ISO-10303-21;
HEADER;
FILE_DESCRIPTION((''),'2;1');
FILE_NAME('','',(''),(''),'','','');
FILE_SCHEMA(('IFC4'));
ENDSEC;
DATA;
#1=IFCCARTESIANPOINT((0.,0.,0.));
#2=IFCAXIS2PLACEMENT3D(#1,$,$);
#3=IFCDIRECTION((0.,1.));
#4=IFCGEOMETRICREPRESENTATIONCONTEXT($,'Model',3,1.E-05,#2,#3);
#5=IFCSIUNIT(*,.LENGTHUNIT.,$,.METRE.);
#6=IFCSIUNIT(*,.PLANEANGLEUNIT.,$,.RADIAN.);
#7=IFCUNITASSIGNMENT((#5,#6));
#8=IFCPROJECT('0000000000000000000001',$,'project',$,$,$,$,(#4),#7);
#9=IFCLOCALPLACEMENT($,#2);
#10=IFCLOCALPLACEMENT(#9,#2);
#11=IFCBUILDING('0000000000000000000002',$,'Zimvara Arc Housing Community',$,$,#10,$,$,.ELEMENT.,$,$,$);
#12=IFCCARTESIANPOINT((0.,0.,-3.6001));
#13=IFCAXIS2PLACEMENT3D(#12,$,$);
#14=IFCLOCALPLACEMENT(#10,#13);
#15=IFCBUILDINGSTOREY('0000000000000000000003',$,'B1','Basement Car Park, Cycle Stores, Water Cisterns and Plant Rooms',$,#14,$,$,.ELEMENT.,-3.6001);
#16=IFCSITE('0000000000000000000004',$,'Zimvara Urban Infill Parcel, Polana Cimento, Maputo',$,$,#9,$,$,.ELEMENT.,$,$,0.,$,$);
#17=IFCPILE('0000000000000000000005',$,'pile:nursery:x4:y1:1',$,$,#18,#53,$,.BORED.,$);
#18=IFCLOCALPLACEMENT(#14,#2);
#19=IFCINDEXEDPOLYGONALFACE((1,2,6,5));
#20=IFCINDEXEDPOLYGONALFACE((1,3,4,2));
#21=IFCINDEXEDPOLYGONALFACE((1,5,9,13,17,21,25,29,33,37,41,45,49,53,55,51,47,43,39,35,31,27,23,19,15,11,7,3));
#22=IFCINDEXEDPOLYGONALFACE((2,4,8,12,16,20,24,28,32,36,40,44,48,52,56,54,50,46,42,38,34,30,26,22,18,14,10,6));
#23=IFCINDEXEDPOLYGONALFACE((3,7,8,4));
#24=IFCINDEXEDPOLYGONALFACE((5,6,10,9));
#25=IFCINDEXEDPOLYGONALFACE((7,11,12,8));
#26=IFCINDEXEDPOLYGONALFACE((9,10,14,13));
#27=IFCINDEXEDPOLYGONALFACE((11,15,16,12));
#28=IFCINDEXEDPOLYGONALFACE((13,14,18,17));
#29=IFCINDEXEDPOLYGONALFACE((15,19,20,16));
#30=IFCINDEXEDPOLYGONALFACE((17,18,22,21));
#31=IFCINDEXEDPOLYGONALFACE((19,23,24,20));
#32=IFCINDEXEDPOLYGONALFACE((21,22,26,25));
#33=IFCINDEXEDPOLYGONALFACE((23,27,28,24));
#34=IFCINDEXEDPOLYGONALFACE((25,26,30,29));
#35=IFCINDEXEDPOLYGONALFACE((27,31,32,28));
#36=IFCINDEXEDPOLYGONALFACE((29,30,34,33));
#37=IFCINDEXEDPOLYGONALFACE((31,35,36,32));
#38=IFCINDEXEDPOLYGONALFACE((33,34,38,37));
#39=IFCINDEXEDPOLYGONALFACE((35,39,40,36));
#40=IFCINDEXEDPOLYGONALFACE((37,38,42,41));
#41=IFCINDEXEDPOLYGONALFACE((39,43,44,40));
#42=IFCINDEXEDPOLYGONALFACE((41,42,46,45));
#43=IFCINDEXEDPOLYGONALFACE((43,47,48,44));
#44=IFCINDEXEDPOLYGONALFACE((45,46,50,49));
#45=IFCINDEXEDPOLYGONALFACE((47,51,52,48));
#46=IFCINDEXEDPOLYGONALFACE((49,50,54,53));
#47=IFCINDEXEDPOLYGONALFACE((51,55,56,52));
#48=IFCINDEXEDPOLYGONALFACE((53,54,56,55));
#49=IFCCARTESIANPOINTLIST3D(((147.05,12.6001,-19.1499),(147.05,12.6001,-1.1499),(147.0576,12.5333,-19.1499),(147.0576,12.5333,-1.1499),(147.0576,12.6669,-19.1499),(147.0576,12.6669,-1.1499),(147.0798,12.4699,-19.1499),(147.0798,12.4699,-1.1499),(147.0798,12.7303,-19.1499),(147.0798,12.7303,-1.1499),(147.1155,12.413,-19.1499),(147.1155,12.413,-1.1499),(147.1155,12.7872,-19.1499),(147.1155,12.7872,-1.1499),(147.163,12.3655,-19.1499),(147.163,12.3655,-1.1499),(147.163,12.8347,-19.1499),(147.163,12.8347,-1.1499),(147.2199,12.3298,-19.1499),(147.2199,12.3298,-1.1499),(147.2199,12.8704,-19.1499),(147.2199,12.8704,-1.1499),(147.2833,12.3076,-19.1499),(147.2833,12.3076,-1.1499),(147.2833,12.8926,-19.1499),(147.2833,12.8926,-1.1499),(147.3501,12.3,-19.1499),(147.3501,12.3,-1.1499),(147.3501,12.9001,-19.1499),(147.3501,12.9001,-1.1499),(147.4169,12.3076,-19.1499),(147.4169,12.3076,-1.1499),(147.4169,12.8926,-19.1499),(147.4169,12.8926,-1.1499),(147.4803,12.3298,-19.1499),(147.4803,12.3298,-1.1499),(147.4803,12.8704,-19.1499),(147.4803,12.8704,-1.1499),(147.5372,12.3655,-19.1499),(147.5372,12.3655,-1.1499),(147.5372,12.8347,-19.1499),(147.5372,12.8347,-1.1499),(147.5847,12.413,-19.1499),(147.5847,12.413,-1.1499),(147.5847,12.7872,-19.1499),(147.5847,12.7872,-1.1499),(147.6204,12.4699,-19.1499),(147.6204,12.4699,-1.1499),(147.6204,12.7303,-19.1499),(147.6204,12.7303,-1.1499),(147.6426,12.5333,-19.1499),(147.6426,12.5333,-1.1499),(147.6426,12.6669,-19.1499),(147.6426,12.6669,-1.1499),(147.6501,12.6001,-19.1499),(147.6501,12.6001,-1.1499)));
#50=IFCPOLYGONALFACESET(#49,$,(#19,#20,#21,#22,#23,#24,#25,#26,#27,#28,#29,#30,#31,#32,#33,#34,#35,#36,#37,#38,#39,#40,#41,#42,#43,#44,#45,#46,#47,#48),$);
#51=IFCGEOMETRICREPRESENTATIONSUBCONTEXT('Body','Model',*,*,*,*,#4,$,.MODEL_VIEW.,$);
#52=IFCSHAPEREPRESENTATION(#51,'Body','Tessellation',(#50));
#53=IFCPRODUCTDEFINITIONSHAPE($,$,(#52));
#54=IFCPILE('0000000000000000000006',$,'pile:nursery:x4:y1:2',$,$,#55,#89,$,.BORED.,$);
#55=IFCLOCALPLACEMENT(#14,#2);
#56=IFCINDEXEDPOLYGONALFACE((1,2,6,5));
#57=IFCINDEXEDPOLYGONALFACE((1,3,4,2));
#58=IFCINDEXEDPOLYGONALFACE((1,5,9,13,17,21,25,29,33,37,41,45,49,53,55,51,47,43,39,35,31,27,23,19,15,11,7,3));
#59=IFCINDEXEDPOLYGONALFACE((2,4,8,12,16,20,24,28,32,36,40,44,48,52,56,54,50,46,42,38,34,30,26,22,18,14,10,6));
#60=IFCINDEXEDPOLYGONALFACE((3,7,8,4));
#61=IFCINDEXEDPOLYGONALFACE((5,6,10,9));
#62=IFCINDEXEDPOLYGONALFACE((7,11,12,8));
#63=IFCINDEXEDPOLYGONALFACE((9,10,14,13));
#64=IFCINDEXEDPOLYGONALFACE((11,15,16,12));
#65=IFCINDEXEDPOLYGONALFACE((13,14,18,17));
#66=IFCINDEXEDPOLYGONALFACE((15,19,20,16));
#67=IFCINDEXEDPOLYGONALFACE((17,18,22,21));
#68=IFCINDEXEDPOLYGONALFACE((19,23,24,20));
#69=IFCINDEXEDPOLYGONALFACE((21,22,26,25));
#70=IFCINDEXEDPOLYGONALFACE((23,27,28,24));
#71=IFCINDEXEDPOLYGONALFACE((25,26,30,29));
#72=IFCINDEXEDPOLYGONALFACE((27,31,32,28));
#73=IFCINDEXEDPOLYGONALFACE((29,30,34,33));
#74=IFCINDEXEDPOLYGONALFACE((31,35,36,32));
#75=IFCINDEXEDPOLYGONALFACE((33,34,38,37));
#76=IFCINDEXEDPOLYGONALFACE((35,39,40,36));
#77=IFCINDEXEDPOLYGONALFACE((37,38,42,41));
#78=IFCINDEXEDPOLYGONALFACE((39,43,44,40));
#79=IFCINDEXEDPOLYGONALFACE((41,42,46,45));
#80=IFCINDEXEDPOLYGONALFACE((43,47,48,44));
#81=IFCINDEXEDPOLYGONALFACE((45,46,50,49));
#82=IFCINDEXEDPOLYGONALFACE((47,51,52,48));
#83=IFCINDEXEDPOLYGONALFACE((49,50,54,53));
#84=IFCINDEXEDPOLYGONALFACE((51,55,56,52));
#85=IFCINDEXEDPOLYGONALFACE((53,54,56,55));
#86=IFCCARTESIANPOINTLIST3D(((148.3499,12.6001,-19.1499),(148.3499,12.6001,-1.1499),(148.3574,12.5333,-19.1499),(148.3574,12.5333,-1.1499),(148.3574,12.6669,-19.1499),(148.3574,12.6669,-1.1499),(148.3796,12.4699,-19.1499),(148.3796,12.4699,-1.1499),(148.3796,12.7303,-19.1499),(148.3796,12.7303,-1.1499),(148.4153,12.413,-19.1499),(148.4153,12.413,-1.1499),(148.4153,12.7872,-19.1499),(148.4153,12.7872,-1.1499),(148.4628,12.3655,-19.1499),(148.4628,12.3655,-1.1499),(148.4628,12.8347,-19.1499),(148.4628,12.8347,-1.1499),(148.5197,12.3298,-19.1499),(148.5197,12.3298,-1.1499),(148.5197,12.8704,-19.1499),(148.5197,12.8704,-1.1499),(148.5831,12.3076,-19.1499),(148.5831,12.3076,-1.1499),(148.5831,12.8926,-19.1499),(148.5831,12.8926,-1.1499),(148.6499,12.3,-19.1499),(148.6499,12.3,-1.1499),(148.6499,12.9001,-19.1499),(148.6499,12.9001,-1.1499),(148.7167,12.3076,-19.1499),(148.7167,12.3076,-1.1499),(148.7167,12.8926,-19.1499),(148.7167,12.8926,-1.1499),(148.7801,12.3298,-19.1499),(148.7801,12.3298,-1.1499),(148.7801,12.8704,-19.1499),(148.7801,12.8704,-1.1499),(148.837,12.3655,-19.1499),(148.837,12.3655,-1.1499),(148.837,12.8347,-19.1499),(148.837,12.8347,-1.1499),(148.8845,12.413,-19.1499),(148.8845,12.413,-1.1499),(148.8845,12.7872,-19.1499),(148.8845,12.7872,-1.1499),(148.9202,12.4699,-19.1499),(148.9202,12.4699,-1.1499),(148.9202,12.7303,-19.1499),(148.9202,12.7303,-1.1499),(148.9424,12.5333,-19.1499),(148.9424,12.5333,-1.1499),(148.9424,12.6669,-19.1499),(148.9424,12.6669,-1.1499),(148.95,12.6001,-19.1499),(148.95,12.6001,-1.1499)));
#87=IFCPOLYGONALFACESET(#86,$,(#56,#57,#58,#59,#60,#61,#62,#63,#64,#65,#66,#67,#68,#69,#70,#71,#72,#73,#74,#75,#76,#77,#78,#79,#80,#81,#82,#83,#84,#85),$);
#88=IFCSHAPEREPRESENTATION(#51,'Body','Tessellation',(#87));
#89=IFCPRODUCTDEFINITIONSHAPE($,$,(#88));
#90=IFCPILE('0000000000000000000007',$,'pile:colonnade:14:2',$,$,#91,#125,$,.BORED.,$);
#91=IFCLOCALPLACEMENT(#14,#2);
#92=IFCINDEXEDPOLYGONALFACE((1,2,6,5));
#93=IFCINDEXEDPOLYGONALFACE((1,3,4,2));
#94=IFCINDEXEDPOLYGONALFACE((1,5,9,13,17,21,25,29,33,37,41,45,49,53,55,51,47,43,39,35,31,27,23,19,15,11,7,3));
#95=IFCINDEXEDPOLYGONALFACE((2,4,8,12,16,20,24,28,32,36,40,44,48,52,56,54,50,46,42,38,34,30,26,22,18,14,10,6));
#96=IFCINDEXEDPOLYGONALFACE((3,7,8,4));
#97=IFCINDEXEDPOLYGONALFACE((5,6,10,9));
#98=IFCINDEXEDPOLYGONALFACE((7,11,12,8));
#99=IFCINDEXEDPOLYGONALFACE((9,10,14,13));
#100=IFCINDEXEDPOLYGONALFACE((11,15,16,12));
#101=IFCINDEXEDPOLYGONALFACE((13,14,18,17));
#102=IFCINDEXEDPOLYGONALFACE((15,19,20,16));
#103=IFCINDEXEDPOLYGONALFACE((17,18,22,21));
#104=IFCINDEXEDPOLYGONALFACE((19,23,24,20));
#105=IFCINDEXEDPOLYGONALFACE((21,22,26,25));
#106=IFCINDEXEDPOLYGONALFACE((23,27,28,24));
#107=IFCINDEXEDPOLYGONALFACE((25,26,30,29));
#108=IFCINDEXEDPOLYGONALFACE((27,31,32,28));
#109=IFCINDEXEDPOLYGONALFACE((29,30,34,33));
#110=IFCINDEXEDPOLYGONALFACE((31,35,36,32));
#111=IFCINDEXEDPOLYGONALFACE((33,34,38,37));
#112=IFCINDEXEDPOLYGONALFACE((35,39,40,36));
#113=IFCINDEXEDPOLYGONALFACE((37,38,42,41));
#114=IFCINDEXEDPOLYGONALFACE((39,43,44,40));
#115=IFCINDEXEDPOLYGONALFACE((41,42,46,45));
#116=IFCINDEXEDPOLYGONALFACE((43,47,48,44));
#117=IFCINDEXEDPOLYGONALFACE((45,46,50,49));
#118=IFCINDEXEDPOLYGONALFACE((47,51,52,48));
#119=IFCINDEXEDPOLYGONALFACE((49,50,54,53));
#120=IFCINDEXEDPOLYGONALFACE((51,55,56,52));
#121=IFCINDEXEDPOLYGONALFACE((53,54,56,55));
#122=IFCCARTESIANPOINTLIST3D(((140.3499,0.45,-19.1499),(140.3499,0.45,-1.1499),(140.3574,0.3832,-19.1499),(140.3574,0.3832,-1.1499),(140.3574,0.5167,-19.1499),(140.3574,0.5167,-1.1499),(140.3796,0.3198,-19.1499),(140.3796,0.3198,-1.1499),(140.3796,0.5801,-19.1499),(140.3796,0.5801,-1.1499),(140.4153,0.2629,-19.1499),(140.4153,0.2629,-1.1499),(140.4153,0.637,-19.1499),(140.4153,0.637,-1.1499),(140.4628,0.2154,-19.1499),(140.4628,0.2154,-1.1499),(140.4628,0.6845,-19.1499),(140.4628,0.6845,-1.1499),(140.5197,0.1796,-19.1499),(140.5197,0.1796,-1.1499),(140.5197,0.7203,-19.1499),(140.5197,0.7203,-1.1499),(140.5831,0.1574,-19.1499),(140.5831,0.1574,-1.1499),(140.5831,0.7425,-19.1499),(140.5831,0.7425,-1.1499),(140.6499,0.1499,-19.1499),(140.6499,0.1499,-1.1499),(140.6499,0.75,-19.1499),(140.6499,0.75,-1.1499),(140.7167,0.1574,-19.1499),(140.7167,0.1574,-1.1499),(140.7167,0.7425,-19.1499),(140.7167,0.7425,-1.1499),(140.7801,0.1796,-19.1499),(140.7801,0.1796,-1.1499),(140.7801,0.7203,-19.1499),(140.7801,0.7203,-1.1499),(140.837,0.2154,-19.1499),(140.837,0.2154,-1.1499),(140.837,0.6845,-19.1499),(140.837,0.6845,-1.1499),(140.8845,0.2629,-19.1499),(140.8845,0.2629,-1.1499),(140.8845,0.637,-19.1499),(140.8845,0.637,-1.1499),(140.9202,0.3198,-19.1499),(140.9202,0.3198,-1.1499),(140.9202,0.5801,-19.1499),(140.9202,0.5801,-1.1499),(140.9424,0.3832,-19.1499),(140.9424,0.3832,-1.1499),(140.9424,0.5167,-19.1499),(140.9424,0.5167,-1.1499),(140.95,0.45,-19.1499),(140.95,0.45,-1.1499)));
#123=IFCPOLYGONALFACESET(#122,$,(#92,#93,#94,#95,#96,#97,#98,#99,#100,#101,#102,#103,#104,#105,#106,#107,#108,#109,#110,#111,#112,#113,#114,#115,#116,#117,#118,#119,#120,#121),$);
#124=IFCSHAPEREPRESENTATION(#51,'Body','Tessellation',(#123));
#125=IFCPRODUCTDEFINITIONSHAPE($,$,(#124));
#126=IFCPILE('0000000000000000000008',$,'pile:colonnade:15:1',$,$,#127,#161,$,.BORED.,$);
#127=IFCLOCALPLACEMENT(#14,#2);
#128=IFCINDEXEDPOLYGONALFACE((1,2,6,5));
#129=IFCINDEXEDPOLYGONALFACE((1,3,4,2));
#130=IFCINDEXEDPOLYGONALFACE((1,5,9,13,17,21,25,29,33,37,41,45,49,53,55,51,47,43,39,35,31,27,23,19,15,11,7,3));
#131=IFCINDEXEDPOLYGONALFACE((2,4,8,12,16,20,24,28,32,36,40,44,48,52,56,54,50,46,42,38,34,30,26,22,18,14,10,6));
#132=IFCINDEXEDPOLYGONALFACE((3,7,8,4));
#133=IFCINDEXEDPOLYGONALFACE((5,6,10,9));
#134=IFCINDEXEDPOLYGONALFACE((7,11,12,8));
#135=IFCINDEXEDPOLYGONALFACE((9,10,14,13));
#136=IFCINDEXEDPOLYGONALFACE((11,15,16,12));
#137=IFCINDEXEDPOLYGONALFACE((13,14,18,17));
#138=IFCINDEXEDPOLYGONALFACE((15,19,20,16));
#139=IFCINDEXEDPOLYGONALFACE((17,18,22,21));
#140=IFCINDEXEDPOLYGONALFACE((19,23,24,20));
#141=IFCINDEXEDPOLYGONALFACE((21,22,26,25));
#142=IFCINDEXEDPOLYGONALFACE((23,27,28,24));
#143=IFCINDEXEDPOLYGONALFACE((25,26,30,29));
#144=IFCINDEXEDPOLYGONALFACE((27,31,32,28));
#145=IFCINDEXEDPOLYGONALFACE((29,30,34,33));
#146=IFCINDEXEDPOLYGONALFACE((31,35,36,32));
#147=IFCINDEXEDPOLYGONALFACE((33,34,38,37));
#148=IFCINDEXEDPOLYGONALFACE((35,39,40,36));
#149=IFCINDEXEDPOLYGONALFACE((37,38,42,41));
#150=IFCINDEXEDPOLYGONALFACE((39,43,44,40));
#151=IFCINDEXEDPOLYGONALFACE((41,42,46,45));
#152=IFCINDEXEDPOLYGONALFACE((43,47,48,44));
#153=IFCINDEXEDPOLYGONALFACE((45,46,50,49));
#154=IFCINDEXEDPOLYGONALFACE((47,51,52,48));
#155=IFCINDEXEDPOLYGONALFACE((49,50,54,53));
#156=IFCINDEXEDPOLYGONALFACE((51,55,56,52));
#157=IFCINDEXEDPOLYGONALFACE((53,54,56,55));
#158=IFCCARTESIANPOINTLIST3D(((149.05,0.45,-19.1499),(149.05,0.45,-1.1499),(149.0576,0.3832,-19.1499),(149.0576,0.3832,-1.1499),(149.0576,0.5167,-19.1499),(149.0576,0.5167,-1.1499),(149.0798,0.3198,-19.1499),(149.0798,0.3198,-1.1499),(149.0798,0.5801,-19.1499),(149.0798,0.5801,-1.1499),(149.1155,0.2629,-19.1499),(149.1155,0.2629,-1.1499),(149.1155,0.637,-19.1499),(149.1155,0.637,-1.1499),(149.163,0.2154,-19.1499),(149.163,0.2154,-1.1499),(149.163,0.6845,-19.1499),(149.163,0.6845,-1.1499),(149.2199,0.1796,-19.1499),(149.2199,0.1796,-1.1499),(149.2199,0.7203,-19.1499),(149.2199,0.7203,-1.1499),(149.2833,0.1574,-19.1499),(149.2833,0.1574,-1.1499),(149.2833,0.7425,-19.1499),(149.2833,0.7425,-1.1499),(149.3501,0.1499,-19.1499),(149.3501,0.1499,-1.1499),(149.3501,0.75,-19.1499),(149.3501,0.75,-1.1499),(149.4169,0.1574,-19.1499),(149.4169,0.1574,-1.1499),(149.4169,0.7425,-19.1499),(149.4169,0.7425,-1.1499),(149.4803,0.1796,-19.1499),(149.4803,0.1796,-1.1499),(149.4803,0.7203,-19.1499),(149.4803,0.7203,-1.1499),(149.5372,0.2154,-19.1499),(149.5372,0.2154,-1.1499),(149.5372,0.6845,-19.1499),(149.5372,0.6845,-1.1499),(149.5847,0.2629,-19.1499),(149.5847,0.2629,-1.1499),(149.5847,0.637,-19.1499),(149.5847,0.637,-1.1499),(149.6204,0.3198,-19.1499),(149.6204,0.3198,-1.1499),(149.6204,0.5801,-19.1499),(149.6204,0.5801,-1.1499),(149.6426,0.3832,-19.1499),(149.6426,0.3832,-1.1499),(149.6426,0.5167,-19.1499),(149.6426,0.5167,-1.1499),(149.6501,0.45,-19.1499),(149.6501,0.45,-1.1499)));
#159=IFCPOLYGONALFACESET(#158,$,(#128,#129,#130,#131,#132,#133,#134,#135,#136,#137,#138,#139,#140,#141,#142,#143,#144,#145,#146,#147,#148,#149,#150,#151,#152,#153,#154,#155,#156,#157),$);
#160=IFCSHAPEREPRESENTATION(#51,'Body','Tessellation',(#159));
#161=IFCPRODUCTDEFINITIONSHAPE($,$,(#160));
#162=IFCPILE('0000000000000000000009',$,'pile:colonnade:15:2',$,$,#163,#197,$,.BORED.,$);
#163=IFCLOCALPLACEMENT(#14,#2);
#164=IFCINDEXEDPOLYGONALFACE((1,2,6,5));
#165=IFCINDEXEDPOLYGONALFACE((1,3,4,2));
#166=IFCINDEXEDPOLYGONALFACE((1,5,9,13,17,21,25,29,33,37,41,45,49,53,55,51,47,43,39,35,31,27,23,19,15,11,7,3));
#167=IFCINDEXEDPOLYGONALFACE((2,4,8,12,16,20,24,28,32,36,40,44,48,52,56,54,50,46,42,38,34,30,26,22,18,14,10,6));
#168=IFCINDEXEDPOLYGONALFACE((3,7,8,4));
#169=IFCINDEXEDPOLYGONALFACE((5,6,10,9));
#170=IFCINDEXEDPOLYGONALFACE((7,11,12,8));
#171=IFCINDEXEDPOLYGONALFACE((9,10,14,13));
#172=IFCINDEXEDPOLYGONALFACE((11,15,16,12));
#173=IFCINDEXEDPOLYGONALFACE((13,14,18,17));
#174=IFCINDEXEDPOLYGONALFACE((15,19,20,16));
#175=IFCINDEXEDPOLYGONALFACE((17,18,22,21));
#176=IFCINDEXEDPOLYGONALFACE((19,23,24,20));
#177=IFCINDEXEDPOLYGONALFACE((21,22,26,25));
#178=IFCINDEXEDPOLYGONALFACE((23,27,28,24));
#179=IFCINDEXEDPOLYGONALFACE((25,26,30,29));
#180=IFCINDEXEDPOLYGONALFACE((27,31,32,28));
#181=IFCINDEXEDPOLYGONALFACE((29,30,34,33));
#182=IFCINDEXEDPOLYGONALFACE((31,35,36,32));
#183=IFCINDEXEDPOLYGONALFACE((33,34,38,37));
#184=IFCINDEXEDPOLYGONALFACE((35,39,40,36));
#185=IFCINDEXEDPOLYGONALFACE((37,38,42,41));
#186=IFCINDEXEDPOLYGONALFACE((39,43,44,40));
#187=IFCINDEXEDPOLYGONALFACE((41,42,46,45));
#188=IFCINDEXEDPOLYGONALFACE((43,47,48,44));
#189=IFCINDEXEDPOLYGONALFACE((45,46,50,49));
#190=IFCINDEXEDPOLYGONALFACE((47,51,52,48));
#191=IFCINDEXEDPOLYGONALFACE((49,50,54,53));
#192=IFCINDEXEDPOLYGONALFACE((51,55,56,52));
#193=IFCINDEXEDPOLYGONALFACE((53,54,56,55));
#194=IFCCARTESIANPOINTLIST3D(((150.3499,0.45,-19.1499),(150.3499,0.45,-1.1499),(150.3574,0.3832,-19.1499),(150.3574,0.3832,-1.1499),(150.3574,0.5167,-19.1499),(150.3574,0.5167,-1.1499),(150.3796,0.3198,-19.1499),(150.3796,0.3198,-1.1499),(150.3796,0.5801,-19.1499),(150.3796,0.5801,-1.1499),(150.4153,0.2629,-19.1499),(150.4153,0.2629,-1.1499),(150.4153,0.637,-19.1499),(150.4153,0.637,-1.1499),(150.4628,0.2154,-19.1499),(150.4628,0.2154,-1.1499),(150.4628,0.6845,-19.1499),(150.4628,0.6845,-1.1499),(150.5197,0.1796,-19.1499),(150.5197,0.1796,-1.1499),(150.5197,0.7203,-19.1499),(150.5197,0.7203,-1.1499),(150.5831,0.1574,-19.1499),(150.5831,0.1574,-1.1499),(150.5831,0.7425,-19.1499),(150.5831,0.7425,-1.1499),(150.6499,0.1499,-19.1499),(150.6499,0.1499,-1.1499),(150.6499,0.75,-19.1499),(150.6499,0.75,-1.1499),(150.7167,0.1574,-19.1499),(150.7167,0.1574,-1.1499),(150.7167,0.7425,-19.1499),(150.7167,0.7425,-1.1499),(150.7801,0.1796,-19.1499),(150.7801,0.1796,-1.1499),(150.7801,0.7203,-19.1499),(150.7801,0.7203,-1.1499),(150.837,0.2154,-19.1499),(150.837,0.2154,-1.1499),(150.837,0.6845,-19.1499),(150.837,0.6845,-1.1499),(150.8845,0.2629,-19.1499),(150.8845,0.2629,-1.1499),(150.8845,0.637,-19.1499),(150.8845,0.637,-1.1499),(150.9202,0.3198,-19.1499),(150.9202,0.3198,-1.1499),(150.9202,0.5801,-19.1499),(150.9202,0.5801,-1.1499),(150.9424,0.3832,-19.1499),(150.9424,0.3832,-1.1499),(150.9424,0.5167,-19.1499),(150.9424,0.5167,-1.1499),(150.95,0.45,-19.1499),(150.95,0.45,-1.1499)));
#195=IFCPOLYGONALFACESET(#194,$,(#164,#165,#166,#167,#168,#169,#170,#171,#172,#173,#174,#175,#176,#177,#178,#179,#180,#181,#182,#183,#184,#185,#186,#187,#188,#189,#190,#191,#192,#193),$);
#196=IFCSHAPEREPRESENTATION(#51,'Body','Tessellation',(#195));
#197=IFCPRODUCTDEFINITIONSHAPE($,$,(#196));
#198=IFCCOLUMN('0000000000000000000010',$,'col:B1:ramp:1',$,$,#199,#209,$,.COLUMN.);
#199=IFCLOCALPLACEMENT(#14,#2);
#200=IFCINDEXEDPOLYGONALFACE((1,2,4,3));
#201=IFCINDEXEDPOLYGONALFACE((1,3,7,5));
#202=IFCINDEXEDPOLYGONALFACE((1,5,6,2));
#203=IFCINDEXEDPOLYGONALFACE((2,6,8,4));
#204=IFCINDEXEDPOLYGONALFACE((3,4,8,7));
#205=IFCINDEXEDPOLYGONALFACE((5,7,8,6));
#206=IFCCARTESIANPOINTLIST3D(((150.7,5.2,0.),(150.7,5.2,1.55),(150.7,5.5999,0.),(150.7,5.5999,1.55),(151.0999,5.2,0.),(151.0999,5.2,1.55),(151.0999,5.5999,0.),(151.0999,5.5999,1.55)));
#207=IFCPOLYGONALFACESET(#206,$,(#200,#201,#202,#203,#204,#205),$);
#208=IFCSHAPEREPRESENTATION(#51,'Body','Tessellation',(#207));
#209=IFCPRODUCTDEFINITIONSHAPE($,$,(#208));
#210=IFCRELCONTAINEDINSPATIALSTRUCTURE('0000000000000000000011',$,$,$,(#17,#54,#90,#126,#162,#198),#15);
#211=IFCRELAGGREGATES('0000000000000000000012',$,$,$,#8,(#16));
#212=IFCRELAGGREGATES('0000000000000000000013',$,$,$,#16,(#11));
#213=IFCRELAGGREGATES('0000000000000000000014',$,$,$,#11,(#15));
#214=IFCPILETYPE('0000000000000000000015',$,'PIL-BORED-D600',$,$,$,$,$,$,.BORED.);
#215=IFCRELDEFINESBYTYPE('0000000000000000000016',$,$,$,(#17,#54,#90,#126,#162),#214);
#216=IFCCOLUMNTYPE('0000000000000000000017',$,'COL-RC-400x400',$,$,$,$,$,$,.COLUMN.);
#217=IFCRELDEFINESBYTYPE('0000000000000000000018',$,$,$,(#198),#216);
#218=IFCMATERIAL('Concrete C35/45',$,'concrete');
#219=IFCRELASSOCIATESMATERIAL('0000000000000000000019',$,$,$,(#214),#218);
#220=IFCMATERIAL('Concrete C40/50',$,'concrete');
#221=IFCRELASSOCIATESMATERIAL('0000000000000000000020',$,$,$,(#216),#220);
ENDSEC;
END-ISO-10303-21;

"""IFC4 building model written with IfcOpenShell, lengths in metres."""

from ifc_helpers import new_model, si_unit, direction, frame, origin, origin_2d, place, context, subcontext, project, spatial, rectangle, circle, extrude, material, material_profile, profile_set, type_object, element, save


model = new_model("IFC4")

# Units and contexts
model_context = context("Model", 3, precision=1e-05, world=origin(), true_north=direction((0.0, 1.0)))
body_context = subcontext(model_context, "Body", "Model", "MODEL_VIEW")
ifc_project = project(units=[si_unit("LENGTHUNIT", "METRE"), si_unit("PLANEANGLEUNIT", "RADIAN")], contexts=[model_context])

# Site, building, storey
site_placement = place(None, origin())
site = spatial("IfcSite", under=ifc_project, at=site_placement, Name="Zimvara Urban Infill Parcel, Polana Cimento, Maputo", CompositionType="ELEMENT", RefElevation=0.0)
building_placement = place(site_placement, origin())
building = spatial("IfcBuilding", under=site, at=building_placement, Name="Zimvara Arc Housing Community", CompositionType="ELEMENT")
storey_placement = place(building_placement, frame((0.0, 0.0, -3.6001)))
storey = spatial("IfcBuildingStorey", under=building, at=storey_placement, Name="B1", Description="Basement Car Park, Cycle Stores, Water Cisterns and Plant Rooms", CompositionType="ELEMENT", Elevation=-3.6001)

# Piles
ifc_material_1 = material(Name="Concrete C35/45", Category="concrete")
ifc_material_profile_1 = material_profile(ifc_material_1, circle(Radius=0.3, at=origin_2d()), Name="PILE D600")
ifc_profile_set_1 = profile_set([ifc_material_profile_1], Name="Concrete C35/45")
pile_type = type_object("IfcPileType", Name="PIL-BORED-D600", PredefinedType="BORED", material=ifc_profile_set_1)
for number, where, z_axis, x_axis, name in (
    (1, (147.3501, 12.6001, -1.1499), (0.0, 0.0, -1.0), (1.0, 0.0, 0.0), "pile:nursery:x4:y1:1"),
    (2, (148.6499, 12.6001, -1.1499), (0.0, 0.0, -1.0), (1.0, 0.0, 0.0), "pile:nursery:x4:y1:2"),
    (3, (140.6499, 0.45, -1.1499), (0.0, 0.0, -1.0), (1.0, 0.0, 0.0), "pile:colonnade:14:2"),
    (4, (149.3501, 0.45, -1.1499), (0.0, 0.0, -1.0), (1.0, 0.0, 0.0), "pile:colonnade:15:1"),
    (5, (150.6499, 0.45, -1.1499), (0.0, 0.0, -1.0), (1.0, 0.0, 0.0), "pile:colonnade:15:2"),
):
    element("IfcPile", number, at=place(storey_placement, frame(where, z_axis=z_axis, x_axis=x_axis)), inside=storey, type_object=pile_type, Name=name, PredefinedType="BORED", context=body_context, shape_type="SweptSolid", body=[
        extrude(circle(Radius=0.3, at=origin_2d()), origin(), (0.0, 0.0, 1.0), 18.0),
    ])

# Column
ifc_material_2 = material(Name="Concrete C40/50", Category="concrete")
ifc_material_profile_2 = material_profile(ifc_material_2, rectangle(XDim=0.3999, YDim=0.3999, at=origin_2d()), Name="RC 400x400")
ifc_profile_set_2 = profile_set([ifc_material_profile_2], Name="Concrete C40/50")
column_type_1 = type_object("IfcColumnType", Name="COL-RC-400x400", PredefinedType="COLUMN", material=ifc_profile_set_2)
for number, where, z_axis, x_axis, name in (
    (6, (150.8999, 5.3999, 0.0), (0.0, 0.0, 1.0), (1.0, 0.0, 0.0), "col:B1:ramp:1"),
):
    element("IfcColumn", number, at=place(storey_placement, frame(where, z_axis=z_axis, x_axis=x_axis)), inside=storey, type_object=column_type_1, Name=name, PredefinedType="COLUMN", context=body_context, shape_type="SweptSolid", body=[
        extrude(rectangle(XDim=0.3999, YDim=0.3999, at=origin_2d()), origin(), (0.0, 0.0, 1.0), 1.55),
    ])

save(model, "model.ifc")
